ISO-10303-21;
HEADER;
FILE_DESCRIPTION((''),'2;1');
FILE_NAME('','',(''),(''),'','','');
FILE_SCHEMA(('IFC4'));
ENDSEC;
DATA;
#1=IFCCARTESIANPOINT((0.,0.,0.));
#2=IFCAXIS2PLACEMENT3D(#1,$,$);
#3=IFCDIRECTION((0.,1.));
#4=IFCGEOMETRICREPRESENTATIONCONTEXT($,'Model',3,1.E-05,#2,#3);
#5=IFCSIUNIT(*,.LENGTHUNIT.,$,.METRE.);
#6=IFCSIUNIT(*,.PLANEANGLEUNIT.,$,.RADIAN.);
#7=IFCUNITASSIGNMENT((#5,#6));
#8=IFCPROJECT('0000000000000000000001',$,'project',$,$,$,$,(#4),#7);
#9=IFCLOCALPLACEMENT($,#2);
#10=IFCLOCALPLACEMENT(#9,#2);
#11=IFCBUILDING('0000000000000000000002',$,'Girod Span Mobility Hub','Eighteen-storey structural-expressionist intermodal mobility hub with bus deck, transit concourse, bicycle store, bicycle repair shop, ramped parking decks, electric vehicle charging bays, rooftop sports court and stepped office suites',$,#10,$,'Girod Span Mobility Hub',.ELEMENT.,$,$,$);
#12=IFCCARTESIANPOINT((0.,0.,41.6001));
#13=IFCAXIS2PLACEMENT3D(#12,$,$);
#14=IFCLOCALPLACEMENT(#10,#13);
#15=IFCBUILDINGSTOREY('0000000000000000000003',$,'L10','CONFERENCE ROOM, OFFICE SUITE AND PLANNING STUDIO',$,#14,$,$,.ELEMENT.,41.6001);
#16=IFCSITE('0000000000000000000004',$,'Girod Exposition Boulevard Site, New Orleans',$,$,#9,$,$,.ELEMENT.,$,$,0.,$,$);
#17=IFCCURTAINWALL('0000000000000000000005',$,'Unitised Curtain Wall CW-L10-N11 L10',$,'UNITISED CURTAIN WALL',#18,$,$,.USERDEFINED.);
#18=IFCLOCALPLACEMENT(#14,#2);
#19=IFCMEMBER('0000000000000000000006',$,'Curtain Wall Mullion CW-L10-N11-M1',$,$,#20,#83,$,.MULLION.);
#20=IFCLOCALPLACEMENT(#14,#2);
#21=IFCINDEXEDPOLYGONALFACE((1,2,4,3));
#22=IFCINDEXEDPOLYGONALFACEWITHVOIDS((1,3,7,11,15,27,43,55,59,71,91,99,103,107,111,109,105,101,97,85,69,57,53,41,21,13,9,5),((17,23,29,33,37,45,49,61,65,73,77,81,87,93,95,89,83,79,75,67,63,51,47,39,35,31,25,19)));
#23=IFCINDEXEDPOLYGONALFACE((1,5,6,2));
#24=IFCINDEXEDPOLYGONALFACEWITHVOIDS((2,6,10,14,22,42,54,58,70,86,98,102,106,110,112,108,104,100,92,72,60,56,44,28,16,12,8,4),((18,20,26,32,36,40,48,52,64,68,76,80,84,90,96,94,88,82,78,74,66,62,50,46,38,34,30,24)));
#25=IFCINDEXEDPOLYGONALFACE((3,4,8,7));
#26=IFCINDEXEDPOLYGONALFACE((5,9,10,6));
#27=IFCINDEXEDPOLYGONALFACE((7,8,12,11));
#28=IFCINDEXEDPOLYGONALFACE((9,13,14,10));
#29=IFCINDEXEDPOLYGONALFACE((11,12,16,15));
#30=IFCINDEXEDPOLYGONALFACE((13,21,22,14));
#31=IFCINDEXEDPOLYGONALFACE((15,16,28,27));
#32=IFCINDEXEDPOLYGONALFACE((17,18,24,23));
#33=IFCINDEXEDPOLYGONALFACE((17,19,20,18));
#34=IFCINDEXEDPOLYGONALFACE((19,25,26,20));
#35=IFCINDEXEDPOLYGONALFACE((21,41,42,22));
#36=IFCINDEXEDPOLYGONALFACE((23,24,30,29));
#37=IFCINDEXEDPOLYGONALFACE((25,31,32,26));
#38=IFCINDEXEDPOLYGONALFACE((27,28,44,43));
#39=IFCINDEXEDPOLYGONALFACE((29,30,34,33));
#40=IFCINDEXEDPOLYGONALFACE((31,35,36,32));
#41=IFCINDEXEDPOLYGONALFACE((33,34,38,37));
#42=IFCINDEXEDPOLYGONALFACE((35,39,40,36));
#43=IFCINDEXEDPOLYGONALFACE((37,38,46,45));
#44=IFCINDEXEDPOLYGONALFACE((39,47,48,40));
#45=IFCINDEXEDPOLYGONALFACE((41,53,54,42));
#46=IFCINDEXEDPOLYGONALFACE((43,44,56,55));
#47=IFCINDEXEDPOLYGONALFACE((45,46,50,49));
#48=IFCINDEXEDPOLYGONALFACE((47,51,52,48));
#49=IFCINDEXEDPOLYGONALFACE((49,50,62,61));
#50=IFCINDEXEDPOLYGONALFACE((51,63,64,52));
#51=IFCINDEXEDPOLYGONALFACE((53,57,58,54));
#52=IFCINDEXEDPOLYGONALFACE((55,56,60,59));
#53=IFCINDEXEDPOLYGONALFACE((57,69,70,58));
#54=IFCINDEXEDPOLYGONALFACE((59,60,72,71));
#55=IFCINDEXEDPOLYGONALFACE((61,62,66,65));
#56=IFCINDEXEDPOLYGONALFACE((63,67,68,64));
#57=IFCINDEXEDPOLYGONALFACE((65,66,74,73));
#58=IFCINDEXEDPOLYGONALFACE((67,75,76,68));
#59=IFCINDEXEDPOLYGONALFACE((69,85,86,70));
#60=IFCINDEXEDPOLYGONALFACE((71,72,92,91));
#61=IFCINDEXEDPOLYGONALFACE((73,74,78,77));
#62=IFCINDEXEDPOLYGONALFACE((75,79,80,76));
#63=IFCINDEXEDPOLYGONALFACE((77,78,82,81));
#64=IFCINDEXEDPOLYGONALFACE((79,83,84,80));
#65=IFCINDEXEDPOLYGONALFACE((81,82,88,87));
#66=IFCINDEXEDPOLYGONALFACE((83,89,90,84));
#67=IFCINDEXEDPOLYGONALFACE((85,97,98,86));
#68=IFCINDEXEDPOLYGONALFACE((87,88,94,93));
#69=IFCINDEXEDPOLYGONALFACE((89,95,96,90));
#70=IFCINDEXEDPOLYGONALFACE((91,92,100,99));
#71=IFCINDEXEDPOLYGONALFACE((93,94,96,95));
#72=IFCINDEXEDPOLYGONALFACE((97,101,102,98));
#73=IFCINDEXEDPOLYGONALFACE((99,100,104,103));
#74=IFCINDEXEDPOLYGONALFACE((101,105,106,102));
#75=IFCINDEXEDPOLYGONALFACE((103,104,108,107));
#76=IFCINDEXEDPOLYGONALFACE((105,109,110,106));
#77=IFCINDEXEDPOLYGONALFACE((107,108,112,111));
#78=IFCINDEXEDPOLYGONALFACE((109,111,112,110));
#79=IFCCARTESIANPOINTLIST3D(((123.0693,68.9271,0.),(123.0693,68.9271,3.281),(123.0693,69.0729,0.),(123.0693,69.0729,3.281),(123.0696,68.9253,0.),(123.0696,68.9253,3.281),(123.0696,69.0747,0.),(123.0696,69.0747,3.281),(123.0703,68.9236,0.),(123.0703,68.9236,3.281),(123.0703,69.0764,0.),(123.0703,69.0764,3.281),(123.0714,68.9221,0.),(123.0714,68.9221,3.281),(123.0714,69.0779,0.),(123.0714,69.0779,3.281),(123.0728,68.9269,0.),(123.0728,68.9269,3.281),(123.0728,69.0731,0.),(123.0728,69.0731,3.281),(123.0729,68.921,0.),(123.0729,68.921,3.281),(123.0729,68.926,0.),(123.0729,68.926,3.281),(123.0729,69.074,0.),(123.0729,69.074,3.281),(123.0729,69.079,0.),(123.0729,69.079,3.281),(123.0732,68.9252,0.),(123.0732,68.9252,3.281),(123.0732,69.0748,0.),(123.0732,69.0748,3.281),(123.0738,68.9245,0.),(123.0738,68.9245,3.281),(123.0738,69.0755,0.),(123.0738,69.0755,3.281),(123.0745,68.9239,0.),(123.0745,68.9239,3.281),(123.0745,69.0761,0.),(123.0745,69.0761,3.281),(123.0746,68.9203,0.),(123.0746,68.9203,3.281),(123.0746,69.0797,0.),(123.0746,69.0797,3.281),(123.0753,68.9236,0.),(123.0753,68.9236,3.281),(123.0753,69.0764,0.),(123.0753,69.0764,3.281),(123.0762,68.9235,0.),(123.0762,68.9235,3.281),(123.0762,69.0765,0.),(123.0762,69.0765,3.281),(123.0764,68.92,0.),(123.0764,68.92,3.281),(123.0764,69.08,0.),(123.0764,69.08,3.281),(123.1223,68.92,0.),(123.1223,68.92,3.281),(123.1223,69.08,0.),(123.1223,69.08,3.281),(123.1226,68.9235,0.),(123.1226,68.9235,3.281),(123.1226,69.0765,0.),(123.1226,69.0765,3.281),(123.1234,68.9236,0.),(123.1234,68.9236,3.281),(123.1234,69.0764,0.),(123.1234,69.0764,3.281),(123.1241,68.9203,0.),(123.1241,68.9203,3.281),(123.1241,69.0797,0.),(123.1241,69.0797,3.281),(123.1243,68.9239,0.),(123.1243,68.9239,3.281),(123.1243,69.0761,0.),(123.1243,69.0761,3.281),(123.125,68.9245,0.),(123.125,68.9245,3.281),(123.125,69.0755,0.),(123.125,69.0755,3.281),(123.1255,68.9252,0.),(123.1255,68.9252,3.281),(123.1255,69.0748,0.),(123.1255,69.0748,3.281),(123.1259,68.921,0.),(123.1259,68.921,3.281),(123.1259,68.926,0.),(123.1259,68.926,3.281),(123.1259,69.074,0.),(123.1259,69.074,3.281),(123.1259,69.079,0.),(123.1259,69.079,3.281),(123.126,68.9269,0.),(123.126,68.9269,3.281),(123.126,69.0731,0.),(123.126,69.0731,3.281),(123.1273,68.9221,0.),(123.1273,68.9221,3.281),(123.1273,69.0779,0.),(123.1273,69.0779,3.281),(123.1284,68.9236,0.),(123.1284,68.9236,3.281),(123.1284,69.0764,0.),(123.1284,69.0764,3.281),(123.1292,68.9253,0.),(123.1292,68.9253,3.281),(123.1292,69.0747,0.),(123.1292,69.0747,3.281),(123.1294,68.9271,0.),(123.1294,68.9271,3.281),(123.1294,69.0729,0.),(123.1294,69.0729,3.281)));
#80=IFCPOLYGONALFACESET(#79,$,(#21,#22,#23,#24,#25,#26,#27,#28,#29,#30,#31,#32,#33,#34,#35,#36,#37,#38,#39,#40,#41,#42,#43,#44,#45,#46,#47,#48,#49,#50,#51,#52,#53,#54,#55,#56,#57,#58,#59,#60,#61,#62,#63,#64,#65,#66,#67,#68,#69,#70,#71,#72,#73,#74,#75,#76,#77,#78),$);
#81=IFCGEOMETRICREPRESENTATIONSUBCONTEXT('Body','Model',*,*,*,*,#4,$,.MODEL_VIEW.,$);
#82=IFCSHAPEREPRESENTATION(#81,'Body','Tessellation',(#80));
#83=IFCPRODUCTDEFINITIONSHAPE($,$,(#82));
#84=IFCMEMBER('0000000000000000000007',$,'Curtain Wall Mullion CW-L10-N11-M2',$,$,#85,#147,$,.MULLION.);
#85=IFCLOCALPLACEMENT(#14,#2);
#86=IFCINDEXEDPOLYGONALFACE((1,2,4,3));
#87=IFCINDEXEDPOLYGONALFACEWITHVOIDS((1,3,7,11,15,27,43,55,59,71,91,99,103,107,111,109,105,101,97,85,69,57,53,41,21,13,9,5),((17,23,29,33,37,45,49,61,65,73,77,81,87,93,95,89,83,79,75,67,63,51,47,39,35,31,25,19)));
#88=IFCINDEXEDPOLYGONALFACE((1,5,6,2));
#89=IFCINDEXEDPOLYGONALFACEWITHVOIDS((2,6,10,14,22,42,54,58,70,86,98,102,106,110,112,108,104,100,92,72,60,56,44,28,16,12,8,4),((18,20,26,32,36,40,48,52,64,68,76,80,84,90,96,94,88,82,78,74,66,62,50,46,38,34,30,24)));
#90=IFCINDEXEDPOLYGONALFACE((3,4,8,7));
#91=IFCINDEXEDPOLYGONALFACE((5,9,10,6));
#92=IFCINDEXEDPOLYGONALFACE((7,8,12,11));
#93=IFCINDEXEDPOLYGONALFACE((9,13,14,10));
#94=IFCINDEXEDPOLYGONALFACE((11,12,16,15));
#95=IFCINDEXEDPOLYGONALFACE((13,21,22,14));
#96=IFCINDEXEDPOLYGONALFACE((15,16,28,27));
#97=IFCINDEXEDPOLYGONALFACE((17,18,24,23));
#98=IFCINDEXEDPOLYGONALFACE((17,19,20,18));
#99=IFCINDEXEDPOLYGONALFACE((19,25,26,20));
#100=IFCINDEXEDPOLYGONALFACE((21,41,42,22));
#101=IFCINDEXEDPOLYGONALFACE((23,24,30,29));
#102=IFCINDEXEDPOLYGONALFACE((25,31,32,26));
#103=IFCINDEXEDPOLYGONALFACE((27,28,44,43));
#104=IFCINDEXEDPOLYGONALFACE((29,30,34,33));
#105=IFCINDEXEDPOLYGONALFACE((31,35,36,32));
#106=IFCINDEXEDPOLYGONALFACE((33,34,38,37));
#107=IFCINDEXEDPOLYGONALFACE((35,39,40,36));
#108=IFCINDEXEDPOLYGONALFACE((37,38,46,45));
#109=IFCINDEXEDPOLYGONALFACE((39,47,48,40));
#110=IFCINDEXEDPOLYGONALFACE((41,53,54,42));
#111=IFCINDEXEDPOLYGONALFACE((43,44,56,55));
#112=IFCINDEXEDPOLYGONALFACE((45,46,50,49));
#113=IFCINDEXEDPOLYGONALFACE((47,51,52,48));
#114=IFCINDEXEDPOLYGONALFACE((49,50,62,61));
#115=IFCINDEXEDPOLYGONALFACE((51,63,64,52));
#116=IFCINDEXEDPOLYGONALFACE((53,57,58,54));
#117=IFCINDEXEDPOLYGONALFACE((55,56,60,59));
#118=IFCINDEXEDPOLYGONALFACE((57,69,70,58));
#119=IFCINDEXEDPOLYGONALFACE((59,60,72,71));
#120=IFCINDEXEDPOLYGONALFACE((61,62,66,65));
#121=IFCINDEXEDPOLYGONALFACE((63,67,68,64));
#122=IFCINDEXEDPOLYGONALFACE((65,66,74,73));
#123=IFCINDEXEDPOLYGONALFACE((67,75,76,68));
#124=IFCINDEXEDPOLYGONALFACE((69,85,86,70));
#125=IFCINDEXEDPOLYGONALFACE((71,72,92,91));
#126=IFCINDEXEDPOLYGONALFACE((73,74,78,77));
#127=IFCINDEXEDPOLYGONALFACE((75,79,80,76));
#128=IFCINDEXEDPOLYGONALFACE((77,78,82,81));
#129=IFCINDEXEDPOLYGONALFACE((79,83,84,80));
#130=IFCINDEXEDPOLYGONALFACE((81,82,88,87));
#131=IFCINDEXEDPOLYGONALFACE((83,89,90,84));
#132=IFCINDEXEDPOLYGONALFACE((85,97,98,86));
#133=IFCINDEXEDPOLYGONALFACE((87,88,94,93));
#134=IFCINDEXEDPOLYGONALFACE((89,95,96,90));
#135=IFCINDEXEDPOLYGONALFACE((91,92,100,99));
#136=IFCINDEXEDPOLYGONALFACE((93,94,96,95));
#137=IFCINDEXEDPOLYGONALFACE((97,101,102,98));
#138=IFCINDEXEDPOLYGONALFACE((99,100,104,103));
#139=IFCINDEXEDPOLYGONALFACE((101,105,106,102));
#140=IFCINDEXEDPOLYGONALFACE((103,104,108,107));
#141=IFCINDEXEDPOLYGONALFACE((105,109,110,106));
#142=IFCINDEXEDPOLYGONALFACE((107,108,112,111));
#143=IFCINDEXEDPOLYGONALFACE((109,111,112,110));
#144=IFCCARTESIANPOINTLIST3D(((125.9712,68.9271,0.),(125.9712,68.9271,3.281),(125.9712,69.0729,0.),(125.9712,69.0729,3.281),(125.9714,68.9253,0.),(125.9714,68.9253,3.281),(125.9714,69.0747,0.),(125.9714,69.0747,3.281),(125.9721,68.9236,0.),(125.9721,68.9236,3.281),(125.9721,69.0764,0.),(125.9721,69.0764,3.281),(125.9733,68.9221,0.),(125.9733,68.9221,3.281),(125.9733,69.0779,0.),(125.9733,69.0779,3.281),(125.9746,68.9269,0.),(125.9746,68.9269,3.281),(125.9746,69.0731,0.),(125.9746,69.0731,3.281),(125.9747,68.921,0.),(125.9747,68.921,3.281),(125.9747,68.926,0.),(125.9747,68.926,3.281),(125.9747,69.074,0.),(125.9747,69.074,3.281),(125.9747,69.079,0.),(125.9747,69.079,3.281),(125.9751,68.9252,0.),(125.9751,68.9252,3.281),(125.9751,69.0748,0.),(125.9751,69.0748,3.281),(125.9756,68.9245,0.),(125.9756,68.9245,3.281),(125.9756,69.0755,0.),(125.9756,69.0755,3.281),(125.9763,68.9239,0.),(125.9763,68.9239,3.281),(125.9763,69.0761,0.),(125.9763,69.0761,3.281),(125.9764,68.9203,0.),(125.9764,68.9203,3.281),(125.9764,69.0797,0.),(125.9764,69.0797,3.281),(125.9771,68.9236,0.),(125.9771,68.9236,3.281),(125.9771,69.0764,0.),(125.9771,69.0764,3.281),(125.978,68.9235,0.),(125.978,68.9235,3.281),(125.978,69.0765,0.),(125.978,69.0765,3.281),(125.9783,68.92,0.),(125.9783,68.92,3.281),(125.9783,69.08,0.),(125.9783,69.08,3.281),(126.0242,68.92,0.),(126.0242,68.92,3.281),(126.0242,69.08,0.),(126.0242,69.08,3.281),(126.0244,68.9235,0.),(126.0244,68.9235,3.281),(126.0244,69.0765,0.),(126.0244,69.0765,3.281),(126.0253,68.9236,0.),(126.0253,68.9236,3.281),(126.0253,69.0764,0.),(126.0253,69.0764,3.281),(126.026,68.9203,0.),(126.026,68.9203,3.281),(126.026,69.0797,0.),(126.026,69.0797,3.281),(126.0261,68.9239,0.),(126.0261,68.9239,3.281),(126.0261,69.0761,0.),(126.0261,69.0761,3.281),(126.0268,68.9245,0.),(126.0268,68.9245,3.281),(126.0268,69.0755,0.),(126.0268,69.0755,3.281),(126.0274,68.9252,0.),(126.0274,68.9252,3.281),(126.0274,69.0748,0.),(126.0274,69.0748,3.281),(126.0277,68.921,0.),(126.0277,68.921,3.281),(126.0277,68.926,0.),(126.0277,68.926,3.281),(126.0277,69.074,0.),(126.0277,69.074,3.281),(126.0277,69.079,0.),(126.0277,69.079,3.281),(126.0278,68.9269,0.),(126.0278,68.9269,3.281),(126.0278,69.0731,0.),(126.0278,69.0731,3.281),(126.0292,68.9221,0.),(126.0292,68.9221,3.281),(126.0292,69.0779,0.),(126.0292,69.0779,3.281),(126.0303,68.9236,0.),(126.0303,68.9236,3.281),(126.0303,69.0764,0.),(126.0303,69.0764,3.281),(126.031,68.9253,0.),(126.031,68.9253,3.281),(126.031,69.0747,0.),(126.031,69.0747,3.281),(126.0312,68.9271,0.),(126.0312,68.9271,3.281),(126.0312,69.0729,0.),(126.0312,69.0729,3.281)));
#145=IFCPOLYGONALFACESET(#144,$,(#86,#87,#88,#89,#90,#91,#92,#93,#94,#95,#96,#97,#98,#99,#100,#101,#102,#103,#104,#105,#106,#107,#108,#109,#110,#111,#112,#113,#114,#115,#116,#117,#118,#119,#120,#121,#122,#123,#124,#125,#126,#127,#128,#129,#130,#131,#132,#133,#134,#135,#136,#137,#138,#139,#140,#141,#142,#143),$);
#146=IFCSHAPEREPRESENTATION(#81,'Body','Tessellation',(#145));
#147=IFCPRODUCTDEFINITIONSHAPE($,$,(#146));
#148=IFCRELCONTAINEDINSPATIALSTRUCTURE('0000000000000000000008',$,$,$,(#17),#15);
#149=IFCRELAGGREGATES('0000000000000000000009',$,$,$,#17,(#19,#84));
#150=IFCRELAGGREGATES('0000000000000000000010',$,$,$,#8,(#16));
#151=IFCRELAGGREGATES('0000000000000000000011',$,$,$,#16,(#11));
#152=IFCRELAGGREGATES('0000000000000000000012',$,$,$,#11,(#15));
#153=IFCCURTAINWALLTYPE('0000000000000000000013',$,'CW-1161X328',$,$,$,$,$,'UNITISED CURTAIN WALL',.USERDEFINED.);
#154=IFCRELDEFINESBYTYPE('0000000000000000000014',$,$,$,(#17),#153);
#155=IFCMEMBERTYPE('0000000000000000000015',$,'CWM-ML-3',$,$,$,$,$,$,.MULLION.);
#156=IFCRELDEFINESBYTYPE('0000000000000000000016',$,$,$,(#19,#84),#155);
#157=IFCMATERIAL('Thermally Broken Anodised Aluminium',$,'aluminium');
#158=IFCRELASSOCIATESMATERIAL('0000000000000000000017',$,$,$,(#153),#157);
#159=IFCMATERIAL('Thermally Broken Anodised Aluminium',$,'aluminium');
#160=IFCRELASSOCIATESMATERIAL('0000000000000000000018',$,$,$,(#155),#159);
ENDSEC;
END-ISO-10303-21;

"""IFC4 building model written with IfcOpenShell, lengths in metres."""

from ifc_helpers import new_model, si_unit, direction, frame, origin, origin_2d, place, context, subcontext, project, spatial, hollow_rectangle, extrude, material, material_profile, profile_set, type_object, element, aggregate, save


model = new_model("IFC4")

# Units and contexts
model_context = context("Model", 3, precision=1e-05, world=origin(), true_north=direction((0.0, 1.0)))
body_context = subcontext(model_context, "Body", "Model", "MODEL_VIEW")
ifc_project = project(units=[si_unit("LENGTHUNIT", "METRE"), si_unit("PLANEANGLEUNIT", "RADIAN")], contexts=[model_context])

# Site, building, storey
site_placement = place(None, origin())
site = spatial("IfcSite", under=ifc_project, at=site_placement, Name="Girod Exposition Boulevard Site, New Orleans", CompositionType="ELEMENT", RefElevation=0.0)
building_placement = place(site_placement, origin())
building = spatial("IfcBuilding", under=site, at=building_placement, Name="Girod Span Mobility Hub", Description="Eighteen-storey structural-expressionist intermodal mobility hub with bus deck, transit concourse, bicycle store, bicycle repair shop, ramped parking decks, electric vehicle charging bays, rooftop sports court and stepped office suites", LongName="Girod Span Mobility Hub", CompositionType="ELEMENT")
storey_placement = place(building_placement, frame((0.0, 0.0, 41.6001)))
storey = spatial("IfcBuildingStorey", under=building, at=storey_placement, Name="L10", Description="CONFERENCE ROOM, OFFICE SUITE AND PLANNING STUDIO", CompositionType="ELEMENT", Elevation=41.6001)

# Curtain wall, members
ifc_material_1 = material(Name="Thermally Broken Anodised Aluminium", Category="aluminium")
curtain_wall_type = type_object("IfcCurtainWallType", Name="CW-1161X328", ElementType="UNITISED CURTAIN WALL", PredefinedType="USERDEFINED", material=ifc_material_1)
curtain_wall_placement = place(storey_placement, origin())
curtain_wall = element("IfcCurtainWall", 1, at=curtain_wall_placement, inside=storey, type_object=curtain_wall_type, Name="Unitised Curtain Wall CW-L10-N11 L10", ObjectType="UNITISED CURTAIN WALL", PredefinedType="USERDEFINED")
ifc_material_2 = material(Name="Thermally Broken Anodised Aluminium", Category="aluminium")
ifc_material_profile_1 = material_profile(ifc_material_2, hollow_rectangle(XDim=0.1599, YDim=0.0601, WallThickness=0.0034, InnerFilletRadius=0.0034, OuterFilletRadius=0.0071, at=origin_2d()), Name="CW-ML-60X160")
ifc_profile_set_1 = profile_set([ifc_material_profile_1], Name="Thermally Broken Anodised Aluminium")
member_type_1 = type_object("IfcMemberType", Name="CWM-ML-3", PredefinedType="MULLION", material=ifc_profile_set_1)
member_1_placement = place(storey_placement, frame((123.0994, 69.0, 0.0), z_axis=(0.0, 0.0, 1.0), x_axis=(0.0, 1.0, 0.0)))
member_1 = element("IfcMember", 2, at=member_1_placement, type_object=member_type_1, Name="Curtain Wall Mullion CW-L10-N11-M1", PredefinedType="MULLION", context=body_context, shape_type="SweptSolid", body=[
    extrude(hollow_rectangle(XDim=0.1599, YDim=0.0601, WallThickness=0.0034, InnerFilletRadius=0.0034, OuterFilletRadius=0.0071, at=origin_2d()), origin(), (0.0, 0.0, 1.0), 3.281),
])
member_2_placement = place(storey_placement, frame((126.0012, 69.0, 0.0), z_axis=(0.0, 0.0, 1.0), x_axis=(0.0, 1.0, 0.0)))
member_2 = element("IfcMember", 3, at=member_2_placement, type_object=member_type_1, Name="Curtain Wall Mullion CW-L10-N11-M2", PredefinedType="MULLION", context=body_context, shape_type="SweptSolid", body=[
    extrude(hollow_rectangle(XDim=0.1599, YDim=0.0601, WallThickness=0.0034, InnerFilletRadius=0.0034, OuterFilletRadius=0.0071, at=origin_2d()), origin(), (0.0, 0.0, 1.0), 3.281),
])

aggregate(curtain_wall, [member_1, member_2])

save(model, "model.ifc")
